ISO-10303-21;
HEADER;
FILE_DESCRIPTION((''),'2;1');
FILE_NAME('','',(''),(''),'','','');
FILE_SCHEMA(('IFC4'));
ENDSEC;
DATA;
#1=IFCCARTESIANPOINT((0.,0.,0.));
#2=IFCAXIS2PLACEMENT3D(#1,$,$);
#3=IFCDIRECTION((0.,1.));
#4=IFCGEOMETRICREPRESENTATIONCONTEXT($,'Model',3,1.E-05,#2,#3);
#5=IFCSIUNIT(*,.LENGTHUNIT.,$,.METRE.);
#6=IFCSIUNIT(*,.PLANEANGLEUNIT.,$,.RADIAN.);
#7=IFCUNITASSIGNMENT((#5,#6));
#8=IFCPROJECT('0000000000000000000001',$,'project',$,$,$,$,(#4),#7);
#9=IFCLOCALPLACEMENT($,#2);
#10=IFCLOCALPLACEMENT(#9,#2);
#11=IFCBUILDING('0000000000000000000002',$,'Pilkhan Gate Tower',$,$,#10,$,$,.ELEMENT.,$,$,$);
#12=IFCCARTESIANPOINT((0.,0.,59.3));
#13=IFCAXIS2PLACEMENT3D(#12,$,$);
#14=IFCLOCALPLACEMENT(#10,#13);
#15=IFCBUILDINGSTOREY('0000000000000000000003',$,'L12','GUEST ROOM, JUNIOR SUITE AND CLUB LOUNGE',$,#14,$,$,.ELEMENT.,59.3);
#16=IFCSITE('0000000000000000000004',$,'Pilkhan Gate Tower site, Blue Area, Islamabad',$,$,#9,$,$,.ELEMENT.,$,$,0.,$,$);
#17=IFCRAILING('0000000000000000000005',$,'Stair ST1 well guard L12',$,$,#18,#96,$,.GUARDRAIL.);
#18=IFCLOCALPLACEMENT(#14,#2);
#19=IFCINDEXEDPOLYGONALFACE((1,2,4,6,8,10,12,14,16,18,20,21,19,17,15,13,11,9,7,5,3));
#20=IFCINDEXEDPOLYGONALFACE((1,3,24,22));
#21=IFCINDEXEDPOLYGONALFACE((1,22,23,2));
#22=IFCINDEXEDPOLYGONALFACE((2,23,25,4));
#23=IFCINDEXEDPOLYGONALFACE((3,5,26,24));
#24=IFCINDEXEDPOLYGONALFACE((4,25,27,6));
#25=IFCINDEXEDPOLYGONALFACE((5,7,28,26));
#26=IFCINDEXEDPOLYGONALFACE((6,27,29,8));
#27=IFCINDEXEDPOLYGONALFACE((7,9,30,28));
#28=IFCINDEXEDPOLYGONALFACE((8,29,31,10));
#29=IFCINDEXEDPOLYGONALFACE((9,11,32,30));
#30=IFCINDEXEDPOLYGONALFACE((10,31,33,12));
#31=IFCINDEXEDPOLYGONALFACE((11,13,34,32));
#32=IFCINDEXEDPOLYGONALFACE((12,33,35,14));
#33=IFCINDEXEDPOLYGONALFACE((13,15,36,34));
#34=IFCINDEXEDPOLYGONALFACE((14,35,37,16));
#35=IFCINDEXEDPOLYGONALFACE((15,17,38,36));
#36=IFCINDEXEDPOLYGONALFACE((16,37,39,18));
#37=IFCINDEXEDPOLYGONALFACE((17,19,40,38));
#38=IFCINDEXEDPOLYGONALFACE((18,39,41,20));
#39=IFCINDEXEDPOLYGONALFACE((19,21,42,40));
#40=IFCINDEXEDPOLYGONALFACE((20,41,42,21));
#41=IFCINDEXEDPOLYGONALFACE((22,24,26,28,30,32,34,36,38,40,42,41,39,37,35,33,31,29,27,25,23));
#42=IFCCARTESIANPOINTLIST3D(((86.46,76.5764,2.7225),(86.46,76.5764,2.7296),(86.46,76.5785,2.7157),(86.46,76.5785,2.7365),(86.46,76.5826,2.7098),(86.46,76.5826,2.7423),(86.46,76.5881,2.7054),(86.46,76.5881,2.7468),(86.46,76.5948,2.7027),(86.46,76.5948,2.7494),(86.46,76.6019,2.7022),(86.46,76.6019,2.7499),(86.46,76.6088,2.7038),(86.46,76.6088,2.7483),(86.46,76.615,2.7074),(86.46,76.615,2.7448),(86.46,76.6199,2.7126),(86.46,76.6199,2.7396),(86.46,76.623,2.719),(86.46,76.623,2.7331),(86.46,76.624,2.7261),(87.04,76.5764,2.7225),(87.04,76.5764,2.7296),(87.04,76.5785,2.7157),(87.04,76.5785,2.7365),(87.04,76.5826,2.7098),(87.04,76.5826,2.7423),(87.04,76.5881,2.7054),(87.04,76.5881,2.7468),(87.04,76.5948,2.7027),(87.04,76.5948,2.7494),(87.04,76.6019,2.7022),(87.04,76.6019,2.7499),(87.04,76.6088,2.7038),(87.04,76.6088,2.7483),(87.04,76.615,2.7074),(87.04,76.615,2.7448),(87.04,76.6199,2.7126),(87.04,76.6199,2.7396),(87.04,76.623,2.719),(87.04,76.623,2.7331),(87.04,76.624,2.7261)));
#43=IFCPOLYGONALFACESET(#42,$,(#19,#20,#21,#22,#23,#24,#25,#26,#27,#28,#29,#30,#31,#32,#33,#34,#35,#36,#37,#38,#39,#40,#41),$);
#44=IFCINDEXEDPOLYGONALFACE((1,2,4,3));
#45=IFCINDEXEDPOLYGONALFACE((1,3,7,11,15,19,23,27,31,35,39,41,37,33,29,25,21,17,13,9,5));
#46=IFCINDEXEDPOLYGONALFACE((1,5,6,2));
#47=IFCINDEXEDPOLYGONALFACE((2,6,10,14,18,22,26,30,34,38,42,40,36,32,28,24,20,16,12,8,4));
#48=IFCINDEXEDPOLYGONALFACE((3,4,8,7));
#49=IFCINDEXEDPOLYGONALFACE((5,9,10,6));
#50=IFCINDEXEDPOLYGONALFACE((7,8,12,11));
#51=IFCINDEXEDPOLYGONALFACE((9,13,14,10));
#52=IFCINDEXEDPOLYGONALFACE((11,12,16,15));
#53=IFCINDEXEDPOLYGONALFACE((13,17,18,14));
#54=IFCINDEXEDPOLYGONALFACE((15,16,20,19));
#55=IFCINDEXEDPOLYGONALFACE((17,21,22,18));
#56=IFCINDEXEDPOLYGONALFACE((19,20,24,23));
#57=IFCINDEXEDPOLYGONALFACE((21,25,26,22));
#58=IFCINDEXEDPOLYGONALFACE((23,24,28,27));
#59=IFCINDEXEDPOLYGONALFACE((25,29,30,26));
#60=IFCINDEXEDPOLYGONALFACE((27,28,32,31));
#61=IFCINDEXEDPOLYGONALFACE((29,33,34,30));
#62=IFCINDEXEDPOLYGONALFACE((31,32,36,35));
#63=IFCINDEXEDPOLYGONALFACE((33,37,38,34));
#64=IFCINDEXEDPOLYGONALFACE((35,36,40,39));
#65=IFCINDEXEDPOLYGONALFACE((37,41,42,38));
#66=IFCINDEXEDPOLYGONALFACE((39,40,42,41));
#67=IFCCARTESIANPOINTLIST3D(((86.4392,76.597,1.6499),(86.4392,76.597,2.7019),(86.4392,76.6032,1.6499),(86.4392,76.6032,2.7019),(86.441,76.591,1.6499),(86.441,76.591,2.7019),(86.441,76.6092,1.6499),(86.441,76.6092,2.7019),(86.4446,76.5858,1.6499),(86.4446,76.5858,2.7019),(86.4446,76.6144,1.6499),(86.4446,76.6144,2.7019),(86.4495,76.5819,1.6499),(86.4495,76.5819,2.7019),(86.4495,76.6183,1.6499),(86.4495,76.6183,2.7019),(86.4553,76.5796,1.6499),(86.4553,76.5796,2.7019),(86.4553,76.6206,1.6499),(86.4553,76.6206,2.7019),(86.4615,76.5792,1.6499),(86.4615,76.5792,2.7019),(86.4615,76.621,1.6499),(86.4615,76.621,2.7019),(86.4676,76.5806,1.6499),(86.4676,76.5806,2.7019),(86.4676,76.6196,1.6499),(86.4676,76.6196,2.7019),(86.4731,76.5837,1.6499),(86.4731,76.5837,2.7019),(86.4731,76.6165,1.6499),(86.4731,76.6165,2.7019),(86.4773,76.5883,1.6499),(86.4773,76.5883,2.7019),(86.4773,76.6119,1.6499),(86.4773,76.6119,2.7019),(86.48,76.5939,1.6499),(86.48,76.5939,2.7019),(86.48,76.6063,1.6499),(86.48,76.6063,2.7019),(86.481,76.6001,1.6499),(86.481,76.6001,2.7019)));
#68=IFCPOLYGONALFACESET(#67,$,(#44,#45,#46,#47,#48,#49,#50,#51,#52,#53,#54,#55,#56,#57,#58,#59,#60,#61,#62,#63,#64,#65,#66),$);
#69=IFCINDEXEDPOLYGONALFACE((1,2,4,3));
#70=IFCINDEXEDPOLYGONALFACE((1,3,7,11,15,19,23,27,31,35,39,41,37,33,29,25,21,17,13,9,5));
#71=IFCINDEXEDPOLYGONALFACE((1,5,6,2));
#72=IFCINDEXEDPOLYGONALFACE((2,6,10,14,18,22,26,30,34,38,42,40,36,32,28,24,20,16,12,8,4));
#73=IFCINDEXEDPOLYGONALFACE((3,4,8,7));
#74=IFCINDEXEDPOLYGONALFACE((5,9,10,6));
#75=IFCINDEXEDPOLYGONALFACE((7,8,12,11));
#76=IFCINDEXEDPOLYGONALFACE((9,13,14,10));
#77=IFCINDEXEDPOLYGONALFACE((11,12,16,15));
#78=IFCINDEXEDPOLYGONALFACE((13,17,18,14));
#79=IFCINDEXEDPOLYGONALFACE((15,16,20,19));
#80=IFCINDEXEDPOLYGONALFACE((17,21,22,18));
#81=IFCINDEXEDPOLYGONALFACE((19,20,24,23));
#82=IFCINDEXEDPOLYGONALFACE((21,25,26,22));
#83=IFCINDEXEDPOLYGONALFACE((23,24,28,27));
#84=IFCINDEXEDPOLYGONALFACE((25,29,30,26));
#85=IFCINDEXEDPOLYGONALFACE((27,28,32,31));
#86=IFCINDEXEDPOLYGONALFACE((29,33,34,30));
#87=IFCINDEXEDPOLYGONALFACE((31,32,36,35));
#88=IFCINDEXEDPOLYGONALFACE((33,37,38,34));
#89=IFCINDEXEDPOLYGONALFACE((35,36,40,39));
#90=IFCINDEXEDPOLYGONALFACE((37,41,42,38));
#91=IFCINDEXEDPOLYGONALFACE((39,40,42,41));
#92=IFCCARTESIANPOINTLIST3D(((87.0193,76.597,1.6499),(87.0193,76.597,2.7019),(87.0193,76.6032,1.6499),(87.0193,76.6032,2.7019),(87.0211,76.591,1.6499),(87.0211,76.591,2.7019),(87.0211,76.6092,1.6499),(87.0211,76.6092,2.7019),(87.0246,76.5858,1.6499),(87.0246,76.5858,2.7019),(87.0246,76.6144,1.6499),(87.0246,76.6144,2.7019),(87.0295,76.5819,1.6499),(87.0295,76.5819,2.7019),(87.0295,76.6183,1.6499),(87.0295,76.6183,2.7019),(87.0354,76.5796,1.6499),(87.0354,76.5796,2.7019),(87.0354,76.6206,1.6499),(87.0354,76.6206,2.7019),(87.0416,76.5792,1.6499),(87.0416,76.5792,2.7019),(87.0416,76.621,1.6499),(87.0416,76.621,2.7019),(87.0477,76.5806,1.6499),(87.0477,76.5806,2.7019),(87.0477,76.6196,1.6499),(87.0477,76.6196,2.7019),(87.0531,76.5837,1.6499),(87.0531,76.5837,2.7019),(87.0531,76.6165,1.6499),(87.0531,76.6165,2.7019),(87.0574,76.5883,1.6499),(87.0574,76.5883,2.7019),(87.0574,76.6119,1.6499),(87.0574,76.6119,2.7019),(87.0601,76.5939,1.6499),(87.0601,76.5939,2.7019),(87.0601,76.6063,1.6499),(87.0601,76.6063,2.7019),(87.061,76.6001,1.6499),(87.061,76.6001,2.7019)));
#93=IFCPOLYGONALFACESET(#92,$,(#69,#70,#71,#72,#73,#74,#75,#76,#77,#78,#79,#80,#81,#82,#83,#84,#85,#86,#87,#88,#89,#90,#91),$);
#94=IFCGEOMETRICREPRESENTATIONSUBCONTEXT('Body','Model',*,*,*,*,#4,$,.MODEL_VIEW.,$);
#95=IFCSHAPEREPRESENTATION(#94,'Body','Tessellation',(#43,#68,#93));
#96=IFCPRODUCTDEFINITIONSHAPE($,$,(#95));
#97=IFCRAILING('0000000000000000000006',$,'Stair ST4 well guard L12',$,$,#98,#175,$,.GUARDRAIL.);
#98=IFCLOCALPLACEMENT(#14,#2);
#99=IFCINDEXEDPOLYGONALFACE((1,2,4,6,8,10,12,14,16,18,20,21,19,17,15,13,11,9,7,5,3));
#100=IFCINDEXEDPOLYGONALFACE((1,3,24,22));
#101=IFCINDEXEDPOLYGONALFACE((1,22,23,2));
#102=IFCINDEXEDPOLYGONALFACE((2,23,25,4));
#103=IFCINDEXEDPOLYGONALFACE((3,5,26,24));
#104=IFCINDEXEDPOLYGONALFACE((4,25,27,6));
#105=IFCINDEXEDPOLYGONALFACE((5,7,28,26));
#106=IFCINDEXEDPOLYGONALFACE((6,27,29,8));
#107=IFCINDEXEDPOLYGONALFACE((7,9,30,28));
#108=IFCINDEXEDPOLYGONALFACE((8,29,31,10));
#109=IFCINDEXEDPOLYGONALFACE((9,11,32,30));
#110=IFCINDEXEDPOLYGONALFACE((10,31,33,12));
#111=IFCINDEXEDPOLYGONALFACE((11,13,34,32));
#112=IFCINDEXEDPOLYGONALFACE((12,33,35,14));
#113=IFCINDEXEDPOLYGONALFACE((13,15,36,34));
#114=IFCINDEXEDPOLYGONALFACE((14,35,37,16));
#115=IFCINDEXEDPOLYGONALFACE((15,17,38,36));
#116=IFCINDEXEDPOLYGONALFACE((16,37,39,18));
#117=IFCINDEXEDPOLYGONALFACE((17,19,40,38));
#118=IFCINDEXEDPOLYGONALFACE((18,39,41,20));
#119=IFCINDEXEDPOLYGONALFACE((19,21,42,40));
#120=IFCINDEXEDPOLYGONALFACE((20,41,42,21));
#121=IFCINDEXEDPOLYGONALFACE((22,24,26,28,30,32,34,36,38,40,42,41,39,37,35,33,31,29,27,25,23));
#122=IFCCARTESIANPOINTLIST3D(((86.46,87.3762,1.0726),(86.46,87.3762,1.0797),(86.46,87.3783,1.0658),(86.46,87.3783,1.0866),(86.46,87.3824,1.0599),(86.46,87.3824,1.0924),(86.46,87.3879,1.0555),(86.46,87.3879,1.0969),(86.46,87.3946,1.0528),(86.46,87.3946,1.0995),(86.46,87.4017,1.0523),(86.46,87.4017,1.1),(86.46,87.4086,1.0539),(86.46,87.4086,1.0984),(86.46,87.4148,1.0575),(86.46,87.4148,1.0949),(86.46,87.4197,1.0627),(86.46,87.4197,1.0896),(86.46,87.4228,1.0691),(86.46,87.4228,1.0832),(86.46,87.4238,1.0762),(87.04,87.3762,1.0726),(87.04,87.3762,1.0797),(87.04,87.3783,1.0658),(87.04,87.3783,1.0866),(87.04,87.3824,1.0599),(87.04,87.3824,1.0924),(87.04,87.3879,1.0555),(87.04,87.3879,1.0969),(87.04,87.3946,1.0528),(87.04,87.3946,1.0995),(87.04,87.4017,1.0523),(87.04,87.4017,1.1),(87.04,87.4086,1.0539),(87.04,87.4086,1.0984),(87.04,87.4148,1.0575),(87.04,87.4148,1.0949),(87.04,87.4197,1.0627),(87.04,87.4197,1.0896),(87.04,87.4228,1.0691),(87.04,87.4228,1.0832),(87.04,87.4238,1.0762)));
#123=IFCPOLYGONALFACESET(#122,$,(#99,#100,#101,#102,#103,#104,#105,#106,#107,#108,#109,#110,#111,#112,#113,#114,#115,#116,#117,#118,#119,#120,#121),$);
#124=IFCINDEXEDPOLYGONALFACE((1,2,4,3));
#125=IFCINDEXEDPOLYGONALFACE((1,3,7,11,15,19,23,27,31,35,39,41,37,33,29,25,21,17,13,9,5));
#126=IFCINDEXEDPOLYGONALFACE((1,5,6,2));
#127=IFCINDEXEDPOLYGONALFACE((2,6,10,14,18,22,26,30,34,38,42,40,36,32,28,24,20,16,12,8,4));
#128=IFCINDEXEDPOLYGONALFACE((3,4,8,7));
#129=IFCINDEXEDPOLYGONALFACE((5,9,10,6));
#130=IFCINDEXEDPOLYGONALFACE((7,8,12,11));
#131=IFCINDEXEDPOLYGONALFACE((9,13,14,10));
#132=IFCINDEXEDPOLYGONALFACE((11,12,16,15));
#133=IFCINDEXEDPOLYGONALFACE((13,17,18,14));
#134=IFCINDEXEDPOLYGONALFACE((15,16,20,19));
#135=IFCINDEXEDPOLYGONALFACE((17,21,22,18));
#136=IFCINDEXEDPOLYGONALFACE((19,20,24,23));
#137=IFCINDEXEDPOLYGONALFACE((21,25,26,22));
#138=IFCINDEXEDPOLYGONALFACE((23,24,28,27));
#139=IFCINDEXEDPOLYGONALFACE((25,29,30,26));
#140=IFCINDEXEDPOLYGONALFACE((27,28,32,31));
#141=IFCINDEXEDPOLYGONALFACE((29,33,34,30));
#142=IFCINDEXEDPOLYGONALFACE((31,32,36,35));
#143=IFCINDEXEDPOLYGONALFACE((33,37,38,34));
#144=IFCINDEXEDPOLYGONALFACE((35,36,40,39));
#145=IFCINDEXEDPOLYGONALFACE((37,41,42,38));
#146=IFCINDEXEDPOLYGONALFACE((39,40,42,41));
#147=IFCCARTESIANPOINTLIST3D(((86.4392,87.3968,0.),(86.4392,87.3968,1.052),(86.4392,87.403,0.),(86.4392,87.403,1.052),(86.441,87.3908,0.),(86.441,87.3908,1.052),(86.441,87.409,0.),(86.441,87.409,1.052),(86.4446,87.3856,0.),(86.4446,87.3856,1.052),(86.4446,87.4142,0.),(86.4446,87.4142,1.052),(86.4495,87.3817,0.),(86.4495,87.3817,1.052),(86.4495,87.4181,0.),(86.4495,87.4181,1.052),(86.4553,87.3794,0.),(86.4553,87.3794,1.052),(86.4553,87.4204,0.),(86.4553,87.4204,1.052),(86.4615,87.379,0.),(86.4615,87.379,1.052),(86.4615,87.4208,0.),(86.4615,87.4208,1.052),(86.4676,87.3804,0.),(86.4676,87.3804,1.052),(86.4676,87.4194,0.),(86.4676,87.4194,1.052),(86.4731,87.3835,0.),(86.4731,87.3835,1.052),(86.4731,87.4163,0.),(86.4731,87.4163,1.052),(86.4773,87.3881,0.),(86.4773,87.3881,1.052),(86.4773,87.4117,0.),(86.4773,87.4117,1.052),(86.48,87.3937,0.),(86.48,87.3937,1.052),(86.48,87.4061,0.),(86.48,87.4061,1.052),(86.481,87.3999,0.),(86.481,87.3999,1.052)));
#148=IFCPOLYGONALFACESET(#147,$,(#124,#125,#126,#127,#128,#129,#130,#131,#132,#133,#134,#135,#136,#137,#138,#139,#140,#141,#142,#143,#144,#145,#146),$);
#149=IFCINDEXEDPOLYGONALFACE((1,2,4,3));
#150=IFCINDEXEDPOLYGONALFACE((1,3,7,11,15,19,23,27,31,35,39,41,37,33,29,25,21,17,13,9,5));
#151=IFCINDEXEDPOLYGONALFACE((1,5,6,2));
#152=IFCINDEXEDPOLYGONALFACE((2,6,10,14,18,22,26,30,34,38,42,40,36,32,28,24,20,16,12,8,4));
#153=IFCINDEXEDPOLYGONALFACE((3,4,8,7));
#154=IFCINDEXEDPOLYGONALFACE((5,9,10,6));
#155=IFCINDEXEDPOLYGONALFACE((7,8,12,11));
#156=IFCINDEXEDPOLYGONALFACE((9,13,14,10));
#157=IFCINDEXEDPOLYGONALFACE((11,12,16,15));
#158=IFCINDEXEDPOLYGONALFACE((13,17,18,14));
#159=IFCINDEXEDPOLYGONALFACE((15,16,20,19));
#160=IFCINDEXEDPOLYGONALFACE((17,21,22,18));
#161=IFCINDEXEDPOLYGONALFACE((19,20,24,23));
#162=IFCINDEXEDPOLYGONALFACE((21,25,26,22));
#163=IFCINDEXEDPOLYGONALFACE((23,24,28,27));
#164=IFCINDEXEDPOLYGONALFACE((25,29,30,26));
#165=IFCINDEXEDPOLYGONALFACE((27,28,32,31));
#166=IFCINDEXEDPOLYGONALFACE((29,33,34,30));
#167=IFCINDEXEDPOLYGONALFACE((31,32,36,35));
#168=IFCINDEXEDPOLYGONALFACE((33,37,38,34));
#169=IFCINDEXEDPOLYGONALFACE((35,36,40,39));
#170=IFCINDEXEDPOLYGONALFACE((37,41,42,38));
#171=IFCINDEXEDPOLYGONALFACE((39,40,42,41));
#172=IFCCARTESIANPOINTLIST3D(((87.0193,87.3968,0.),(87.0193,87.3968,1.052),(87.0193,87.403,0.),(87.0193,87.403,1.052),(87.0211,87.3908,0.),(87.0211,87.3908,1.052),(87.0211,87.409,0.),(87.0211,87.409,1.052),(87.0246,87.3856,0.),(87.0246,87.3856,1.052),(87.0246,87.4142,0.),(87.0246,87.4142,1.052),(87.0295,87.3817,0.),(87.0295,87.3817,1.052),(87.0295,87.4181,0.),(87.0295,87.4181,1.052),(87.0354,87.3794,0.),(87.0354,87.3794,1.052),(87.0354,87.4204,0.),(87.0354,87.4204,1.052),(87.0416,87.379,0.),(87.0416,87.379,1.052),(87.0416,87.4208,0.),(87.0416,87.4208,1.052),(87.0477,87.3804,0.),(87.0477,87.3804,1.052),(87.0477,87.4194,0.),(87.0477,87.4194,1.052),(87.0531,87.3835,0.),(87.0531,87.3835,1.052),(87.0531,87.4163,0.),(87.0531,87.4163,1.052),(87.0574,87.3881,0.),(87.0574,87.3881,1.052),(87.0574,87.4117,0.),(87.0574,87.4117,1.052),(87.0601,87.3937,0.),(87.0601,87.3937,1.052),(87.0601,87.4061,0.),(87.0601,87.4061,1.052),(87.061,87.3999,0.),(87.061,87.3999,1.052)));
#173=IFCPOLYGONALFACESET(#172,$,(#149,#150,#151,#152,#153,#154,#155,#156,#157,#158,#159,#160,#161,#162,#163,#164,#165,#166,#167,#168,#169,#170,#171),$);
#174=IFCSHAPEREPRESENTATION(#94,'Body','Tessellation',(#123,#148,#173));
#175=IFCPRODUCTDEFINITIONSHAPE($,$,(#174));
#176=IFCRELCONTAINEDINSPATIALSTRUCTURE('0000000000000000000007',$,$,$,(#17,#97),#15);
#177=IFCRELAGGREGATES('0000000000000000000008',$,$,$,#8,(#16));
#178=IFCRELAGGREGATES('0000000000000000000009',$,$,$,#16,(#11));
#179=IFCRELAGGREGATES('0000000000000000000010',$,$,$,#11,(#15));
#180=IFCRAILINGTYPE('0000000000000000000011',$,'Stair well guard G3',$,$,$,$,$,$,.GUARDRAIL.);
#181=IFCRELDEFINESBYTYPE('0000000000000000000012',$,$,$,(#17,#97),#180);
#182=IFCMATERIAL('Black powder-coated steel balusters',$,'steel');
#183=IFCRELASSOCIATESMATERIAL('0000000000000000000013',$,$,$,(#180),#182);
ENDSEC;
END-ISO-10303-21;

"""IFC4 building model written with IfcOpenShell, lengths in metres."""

from ifc_helpers import new_model, si_unit, direction, frame, origin, origin_2d, place, context, subcontext, project, spatial, circle, extrude, material, type_object, element, save


model = new_model("IFC4")

# Units and contexts
model_context = context("Model", 3, precision=1e-05, world=origin(), true_north=direction((0.0, 1.0)))
body_context = subcontext(model_context, "Body", "Model", "MODEL_VIEW")
ifc_project = project(units=[si_unit("LENGTHUNIT", "METRE"), si_unit("PLANEANGLEUNIT", "RADIAN")], contexts=[model_context])

# Site, building, storey
site_placement = place(None, origin())
site = spatial("IfcSite", under=ifc_project, at=site_placement, Name="Pilkhan Gate Tower site, Blue Area, Islamabad", CompositionType="ELEMENT", RefElevation=0.0)
building_placement = place(site_placement, origin())
building = spatial("IfcBuilding", under=site, at=building_placement, Name="Pilkhan Gate Tower", CompositionType="ELEMENT")
storey_placement = place(building_placement, frame((0.0, 0.0, 59.3)))
storey = spatial("IfcBuildingStorey", under=building, at=storey_placement, Name="L12", Description="GUEST ROOM, JUNIOR SUITE AND CLUB LOUNGE", CompositionType="ELEMENT", Elevation=59.3)

# Railings
ifc_material_1 = material(Name="Black powder-coated steel balusters", Category="steel")
railing_type_1 = type_object("IfcRailingType", Name="Stair well guard G3", PredefinedType="GUARDRAIL", material=ifc_material_1)
for number, where, name in (
    (1, (86.46, 76.6001, 1.6499), "Stair ST1 well guard L12"),
    (2, (86.46, 87.3999, 0.0), "Stair ST4 well guard L12"),
):
    element("IfcRailing", number, at=place(storey_placement, frame(where)), inside=storey, type_object=railing_type_1, Name=name, PredefinedType="GUARDRAIL", context=body_context, shape_type="SweptSolid", body=[
        extrude(circle(Radius=0.0239, at=origin_2d()), frame((0.0, 0.0, 1.0762), z_axis=(1.0, 0.0, 0.0), x_axis=(0.0, 1.0, 0.0)), (0.0, 0.0, 1.0), 0.5801),
        extrude(circle(Radius=0.021, at=origin_2d()), origin(), (0.0, 0.0, 1.0), 1.052),
        extrude(circle(Radius=0.021, at=origin_2d()), frame((0.5801, 0.0, 0.0)), (0.0, 0.0, 1.0), 1.052),
    ])

save(model, "model.ifc")
